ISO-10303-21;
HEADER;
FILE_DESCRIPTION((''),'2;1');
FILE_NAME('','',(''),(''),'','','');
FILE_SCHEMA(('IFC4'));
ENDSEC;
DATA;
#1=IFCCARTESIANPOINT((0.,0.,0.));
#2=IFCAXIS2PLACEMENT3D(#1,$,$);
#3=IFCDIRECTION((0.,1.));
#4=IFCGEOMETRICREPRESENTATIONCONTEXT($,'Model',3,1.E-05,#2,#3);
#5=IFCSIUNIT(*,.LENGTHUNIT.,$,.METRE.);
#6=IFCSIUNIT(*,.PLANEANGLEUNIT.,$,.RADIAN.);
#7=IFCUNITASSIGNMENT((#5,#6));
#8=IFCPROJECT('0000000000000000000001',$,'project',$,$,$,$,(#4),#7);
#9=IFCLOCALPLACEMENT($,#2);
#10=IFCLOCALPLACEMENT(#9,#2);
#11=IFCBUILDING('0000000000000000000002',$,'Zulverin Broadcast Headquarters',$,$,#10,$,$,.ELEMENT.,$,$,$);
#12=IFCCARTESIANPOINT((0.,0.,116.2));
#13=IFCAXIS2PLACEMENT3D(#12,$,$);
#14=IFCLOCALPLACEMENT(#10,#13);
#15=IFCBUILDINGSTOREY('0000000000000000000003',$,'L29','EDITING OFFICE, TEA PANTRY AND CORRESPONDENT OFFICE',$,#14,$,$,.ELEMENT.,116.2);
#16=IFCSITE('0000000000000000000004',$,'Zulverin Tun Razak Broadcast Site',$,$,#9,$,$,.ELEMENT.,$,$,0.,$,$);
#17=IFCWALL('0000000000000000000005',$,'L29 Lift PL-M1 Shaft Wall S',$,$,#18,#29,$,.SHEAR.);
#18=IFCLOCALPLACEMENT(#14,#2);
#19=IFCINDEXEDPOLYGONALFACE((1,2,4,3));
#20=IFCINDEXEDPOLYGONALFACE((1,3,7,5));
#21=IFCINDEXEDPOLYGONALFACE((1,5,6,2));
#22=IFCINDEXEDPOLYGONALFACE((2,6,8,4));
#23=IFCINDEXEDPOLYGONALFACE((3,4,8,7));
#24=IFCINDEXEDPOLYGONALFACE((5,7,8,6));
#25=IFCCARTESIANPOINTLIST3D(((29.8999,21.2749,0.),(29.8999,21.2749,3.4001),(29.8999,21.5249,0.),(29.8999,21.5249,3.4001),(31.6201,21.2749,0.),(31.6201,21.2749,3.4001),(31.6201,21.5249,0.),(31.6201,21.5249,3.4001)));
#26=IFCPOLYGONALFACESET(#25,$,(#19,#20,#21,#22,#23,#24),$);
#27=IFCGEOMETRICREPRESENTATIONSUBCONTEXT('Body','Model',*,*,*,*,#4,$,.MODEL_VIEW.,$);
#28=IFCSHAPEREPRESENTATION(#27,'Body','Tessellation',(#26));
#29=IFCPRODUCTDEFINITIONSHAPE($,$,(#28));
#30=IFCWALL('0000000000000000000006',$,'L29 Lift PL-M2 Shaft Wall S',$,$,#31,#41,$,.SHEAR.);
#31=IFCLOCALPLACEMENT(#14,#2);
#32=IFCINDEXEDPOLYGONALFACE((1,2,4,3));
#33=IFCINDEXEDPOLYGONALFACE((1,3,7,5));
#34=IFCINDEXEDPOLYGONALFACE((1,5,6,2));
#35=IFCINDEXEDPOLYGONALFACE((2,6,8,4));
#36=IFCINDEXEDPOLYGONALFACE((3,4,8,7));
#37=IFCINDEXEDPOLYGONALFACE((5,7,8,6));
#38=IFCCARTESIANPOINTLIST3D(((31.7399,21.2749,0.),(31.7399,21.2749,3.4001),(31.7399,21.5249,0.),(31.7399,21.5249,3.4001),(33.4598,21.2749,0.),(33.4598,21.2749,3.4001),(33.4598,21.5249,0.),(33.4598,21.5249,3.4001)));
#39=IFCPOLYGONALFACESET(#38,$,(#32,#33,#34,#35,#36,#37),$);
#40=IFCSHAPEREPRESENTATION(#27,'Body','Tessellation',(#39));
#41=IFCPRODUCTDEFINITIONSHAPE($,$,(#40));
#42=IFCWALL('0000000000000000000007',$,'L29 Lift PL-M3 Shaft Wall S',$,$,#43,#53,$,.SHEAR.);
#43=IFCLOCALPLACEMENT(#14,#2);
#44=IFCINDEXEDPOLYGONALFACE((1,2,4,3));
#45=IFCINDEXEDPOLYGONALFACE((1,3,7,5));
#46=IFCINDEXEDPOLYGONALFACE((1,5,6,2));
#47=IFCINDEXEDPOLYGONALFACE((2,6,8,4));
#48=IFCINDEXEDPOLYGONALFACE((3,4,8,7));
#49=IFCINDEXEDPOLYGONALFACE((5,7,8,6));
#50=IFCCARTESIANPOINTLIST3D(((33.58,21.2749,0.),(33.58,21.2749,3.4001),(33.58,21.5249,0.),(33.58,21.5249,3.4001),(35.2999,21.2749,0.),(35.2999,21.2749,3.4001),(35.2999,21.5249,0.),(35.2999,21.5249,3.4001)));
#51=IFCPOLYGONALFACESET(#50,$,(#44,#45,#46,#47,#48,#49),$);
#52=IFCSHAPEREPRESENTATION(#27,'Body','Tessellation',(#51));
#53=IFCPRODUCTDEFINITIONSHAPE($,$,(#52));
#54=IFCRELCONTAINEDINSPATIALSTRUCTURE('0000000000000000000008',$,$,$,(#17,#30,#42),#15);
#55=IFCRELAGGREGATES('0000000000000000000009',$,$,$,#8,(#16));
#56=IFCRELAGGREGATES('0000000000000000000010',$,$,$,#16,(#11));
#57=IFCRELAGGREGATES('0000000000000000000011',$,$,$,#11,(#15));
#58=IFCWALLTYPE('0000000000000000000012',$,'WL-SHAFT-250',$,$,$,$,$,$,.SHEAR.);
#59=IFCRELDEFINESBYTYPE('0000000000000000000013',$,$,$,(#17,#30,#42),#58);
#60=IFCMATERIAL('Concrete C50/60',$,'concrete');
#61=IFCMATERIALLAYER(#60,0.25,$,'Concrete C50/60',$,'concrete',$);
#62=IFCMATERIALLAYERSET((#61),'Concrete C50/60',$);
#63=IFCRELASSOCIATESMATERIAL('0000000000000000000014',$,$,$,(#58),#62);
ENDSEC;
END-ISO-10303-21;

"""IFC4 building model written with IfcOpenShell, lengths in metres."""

from ifc_helpers import new_model, si_unit, direction, frame, frame_2d, origin, place, context, subcontext, project, spatial, rectangle, extrude, material, layer, layer_set, type_object, element, save


model = new_model("IFC4")

# Units and contexts
model_context = context("Model", 3, precision=1e-05, world=origin(), true_north=direction((0.0, 1.0)))
body_context = subcontext(model_context, "Body", "Model", "MODEL_VIEW")
ifc_project = project(units=[si_unit("LENGTHUNIT", "METRE"), si_unit("PLANEANGLEUNIT", "RADIAN")], contexts=[model_context])

# Site, building, storey
site_placement = place(None, origin())
site = spatial("IfcSite", under=ifc_project, at=site_placement, Name="Zulverin Tun Razak Broadcast Site", CompositionType="ELEMENT", RefElevation=0.0)
building_placement = place(site_placement, origin())
building = spatial("IfcBuilding", under=site, at=building_placement, Name="Zulverin Broadcast Headquarters", CompositionType="ELEMENT")
storey_placement = place(building_placement, frame((0.0, 0.0, 116.2)))
storey = spatial("IfcBuildingStorey", under=building, at=storey_placement, Name="L29", Description="EDITING OFFICE, TEA PANTRY AND CORRESPONDENT OFFICE", CompositionType="ELEMENT", Elevation=116.2)

# Walls
ifc_material_1 = material(Name="Concrete C50/60", Category="concrete")
ifc_layer_1 = layer(ifc_material_1, 0.25, Name="Concrete C50/60", Category="concrete")
ifc_layer_set_1 = layer_set([ifc_layer_1], Name="Concrete C50/60")
wall_type_1 = type_object("IfcWallType", Name="WL-SHAFT-250", PredefinedType="SHEAR", material=ifc_layer_set_1)
wall_1_placement = place(storey_placement, frame((29.8999, 21.3999, 0.0), z_axis=(0.0, 0.0, 1.0), x_axis=(1.0, 0.0, 0.0)))
element("IfcWall", 1, at=wall_1_placement, inside=storey, type_object=wall_type_1, Name="L29 Lift PL-M1 Shaft Wall S", PredefinedType="SHEAR", context=body_context, shape_type="SweptSolid", body=[
    extrude(rectangle(XDim=1.7202, YDim=0.25, at=frame_2d((0.8601, 0.0))), origin(), (0.0, 0.0, 1.0), 3.4001),
])
for number, where, z_axis, x_axis, name in (
    (2, (31.74, 21.3999, 0.0), (0.0, 0.0, 1.0), (1.0, 0.0, 0.0), "L29 Lift PL-M2 Shaft Wall S"),
    (3, (33.5801, 21.3999, 0.0), (0.0, 0.0, 1.0), (1.0, 0.0, 0.0), "L29 Lift PL-M3 Shaft Wall S"),
):
    element("IfcWall", number, at=place(storey_placement, frame(where, z_axis=z_axis, x_axis=x_axis)), inside=storey, type_object=wall_type_1, Name=name, PredefinedType="SHEAR", context=body_context, shape_type="SweptSolid", body=[
        extrude(rectangle(XDim=1.72, YDim=0.25, at=frame_2d((0.8599, 0.0))), origin(), (0.0, 0.0, 1.0), 3.4001),
    ])

save(model, "model.ifc")
